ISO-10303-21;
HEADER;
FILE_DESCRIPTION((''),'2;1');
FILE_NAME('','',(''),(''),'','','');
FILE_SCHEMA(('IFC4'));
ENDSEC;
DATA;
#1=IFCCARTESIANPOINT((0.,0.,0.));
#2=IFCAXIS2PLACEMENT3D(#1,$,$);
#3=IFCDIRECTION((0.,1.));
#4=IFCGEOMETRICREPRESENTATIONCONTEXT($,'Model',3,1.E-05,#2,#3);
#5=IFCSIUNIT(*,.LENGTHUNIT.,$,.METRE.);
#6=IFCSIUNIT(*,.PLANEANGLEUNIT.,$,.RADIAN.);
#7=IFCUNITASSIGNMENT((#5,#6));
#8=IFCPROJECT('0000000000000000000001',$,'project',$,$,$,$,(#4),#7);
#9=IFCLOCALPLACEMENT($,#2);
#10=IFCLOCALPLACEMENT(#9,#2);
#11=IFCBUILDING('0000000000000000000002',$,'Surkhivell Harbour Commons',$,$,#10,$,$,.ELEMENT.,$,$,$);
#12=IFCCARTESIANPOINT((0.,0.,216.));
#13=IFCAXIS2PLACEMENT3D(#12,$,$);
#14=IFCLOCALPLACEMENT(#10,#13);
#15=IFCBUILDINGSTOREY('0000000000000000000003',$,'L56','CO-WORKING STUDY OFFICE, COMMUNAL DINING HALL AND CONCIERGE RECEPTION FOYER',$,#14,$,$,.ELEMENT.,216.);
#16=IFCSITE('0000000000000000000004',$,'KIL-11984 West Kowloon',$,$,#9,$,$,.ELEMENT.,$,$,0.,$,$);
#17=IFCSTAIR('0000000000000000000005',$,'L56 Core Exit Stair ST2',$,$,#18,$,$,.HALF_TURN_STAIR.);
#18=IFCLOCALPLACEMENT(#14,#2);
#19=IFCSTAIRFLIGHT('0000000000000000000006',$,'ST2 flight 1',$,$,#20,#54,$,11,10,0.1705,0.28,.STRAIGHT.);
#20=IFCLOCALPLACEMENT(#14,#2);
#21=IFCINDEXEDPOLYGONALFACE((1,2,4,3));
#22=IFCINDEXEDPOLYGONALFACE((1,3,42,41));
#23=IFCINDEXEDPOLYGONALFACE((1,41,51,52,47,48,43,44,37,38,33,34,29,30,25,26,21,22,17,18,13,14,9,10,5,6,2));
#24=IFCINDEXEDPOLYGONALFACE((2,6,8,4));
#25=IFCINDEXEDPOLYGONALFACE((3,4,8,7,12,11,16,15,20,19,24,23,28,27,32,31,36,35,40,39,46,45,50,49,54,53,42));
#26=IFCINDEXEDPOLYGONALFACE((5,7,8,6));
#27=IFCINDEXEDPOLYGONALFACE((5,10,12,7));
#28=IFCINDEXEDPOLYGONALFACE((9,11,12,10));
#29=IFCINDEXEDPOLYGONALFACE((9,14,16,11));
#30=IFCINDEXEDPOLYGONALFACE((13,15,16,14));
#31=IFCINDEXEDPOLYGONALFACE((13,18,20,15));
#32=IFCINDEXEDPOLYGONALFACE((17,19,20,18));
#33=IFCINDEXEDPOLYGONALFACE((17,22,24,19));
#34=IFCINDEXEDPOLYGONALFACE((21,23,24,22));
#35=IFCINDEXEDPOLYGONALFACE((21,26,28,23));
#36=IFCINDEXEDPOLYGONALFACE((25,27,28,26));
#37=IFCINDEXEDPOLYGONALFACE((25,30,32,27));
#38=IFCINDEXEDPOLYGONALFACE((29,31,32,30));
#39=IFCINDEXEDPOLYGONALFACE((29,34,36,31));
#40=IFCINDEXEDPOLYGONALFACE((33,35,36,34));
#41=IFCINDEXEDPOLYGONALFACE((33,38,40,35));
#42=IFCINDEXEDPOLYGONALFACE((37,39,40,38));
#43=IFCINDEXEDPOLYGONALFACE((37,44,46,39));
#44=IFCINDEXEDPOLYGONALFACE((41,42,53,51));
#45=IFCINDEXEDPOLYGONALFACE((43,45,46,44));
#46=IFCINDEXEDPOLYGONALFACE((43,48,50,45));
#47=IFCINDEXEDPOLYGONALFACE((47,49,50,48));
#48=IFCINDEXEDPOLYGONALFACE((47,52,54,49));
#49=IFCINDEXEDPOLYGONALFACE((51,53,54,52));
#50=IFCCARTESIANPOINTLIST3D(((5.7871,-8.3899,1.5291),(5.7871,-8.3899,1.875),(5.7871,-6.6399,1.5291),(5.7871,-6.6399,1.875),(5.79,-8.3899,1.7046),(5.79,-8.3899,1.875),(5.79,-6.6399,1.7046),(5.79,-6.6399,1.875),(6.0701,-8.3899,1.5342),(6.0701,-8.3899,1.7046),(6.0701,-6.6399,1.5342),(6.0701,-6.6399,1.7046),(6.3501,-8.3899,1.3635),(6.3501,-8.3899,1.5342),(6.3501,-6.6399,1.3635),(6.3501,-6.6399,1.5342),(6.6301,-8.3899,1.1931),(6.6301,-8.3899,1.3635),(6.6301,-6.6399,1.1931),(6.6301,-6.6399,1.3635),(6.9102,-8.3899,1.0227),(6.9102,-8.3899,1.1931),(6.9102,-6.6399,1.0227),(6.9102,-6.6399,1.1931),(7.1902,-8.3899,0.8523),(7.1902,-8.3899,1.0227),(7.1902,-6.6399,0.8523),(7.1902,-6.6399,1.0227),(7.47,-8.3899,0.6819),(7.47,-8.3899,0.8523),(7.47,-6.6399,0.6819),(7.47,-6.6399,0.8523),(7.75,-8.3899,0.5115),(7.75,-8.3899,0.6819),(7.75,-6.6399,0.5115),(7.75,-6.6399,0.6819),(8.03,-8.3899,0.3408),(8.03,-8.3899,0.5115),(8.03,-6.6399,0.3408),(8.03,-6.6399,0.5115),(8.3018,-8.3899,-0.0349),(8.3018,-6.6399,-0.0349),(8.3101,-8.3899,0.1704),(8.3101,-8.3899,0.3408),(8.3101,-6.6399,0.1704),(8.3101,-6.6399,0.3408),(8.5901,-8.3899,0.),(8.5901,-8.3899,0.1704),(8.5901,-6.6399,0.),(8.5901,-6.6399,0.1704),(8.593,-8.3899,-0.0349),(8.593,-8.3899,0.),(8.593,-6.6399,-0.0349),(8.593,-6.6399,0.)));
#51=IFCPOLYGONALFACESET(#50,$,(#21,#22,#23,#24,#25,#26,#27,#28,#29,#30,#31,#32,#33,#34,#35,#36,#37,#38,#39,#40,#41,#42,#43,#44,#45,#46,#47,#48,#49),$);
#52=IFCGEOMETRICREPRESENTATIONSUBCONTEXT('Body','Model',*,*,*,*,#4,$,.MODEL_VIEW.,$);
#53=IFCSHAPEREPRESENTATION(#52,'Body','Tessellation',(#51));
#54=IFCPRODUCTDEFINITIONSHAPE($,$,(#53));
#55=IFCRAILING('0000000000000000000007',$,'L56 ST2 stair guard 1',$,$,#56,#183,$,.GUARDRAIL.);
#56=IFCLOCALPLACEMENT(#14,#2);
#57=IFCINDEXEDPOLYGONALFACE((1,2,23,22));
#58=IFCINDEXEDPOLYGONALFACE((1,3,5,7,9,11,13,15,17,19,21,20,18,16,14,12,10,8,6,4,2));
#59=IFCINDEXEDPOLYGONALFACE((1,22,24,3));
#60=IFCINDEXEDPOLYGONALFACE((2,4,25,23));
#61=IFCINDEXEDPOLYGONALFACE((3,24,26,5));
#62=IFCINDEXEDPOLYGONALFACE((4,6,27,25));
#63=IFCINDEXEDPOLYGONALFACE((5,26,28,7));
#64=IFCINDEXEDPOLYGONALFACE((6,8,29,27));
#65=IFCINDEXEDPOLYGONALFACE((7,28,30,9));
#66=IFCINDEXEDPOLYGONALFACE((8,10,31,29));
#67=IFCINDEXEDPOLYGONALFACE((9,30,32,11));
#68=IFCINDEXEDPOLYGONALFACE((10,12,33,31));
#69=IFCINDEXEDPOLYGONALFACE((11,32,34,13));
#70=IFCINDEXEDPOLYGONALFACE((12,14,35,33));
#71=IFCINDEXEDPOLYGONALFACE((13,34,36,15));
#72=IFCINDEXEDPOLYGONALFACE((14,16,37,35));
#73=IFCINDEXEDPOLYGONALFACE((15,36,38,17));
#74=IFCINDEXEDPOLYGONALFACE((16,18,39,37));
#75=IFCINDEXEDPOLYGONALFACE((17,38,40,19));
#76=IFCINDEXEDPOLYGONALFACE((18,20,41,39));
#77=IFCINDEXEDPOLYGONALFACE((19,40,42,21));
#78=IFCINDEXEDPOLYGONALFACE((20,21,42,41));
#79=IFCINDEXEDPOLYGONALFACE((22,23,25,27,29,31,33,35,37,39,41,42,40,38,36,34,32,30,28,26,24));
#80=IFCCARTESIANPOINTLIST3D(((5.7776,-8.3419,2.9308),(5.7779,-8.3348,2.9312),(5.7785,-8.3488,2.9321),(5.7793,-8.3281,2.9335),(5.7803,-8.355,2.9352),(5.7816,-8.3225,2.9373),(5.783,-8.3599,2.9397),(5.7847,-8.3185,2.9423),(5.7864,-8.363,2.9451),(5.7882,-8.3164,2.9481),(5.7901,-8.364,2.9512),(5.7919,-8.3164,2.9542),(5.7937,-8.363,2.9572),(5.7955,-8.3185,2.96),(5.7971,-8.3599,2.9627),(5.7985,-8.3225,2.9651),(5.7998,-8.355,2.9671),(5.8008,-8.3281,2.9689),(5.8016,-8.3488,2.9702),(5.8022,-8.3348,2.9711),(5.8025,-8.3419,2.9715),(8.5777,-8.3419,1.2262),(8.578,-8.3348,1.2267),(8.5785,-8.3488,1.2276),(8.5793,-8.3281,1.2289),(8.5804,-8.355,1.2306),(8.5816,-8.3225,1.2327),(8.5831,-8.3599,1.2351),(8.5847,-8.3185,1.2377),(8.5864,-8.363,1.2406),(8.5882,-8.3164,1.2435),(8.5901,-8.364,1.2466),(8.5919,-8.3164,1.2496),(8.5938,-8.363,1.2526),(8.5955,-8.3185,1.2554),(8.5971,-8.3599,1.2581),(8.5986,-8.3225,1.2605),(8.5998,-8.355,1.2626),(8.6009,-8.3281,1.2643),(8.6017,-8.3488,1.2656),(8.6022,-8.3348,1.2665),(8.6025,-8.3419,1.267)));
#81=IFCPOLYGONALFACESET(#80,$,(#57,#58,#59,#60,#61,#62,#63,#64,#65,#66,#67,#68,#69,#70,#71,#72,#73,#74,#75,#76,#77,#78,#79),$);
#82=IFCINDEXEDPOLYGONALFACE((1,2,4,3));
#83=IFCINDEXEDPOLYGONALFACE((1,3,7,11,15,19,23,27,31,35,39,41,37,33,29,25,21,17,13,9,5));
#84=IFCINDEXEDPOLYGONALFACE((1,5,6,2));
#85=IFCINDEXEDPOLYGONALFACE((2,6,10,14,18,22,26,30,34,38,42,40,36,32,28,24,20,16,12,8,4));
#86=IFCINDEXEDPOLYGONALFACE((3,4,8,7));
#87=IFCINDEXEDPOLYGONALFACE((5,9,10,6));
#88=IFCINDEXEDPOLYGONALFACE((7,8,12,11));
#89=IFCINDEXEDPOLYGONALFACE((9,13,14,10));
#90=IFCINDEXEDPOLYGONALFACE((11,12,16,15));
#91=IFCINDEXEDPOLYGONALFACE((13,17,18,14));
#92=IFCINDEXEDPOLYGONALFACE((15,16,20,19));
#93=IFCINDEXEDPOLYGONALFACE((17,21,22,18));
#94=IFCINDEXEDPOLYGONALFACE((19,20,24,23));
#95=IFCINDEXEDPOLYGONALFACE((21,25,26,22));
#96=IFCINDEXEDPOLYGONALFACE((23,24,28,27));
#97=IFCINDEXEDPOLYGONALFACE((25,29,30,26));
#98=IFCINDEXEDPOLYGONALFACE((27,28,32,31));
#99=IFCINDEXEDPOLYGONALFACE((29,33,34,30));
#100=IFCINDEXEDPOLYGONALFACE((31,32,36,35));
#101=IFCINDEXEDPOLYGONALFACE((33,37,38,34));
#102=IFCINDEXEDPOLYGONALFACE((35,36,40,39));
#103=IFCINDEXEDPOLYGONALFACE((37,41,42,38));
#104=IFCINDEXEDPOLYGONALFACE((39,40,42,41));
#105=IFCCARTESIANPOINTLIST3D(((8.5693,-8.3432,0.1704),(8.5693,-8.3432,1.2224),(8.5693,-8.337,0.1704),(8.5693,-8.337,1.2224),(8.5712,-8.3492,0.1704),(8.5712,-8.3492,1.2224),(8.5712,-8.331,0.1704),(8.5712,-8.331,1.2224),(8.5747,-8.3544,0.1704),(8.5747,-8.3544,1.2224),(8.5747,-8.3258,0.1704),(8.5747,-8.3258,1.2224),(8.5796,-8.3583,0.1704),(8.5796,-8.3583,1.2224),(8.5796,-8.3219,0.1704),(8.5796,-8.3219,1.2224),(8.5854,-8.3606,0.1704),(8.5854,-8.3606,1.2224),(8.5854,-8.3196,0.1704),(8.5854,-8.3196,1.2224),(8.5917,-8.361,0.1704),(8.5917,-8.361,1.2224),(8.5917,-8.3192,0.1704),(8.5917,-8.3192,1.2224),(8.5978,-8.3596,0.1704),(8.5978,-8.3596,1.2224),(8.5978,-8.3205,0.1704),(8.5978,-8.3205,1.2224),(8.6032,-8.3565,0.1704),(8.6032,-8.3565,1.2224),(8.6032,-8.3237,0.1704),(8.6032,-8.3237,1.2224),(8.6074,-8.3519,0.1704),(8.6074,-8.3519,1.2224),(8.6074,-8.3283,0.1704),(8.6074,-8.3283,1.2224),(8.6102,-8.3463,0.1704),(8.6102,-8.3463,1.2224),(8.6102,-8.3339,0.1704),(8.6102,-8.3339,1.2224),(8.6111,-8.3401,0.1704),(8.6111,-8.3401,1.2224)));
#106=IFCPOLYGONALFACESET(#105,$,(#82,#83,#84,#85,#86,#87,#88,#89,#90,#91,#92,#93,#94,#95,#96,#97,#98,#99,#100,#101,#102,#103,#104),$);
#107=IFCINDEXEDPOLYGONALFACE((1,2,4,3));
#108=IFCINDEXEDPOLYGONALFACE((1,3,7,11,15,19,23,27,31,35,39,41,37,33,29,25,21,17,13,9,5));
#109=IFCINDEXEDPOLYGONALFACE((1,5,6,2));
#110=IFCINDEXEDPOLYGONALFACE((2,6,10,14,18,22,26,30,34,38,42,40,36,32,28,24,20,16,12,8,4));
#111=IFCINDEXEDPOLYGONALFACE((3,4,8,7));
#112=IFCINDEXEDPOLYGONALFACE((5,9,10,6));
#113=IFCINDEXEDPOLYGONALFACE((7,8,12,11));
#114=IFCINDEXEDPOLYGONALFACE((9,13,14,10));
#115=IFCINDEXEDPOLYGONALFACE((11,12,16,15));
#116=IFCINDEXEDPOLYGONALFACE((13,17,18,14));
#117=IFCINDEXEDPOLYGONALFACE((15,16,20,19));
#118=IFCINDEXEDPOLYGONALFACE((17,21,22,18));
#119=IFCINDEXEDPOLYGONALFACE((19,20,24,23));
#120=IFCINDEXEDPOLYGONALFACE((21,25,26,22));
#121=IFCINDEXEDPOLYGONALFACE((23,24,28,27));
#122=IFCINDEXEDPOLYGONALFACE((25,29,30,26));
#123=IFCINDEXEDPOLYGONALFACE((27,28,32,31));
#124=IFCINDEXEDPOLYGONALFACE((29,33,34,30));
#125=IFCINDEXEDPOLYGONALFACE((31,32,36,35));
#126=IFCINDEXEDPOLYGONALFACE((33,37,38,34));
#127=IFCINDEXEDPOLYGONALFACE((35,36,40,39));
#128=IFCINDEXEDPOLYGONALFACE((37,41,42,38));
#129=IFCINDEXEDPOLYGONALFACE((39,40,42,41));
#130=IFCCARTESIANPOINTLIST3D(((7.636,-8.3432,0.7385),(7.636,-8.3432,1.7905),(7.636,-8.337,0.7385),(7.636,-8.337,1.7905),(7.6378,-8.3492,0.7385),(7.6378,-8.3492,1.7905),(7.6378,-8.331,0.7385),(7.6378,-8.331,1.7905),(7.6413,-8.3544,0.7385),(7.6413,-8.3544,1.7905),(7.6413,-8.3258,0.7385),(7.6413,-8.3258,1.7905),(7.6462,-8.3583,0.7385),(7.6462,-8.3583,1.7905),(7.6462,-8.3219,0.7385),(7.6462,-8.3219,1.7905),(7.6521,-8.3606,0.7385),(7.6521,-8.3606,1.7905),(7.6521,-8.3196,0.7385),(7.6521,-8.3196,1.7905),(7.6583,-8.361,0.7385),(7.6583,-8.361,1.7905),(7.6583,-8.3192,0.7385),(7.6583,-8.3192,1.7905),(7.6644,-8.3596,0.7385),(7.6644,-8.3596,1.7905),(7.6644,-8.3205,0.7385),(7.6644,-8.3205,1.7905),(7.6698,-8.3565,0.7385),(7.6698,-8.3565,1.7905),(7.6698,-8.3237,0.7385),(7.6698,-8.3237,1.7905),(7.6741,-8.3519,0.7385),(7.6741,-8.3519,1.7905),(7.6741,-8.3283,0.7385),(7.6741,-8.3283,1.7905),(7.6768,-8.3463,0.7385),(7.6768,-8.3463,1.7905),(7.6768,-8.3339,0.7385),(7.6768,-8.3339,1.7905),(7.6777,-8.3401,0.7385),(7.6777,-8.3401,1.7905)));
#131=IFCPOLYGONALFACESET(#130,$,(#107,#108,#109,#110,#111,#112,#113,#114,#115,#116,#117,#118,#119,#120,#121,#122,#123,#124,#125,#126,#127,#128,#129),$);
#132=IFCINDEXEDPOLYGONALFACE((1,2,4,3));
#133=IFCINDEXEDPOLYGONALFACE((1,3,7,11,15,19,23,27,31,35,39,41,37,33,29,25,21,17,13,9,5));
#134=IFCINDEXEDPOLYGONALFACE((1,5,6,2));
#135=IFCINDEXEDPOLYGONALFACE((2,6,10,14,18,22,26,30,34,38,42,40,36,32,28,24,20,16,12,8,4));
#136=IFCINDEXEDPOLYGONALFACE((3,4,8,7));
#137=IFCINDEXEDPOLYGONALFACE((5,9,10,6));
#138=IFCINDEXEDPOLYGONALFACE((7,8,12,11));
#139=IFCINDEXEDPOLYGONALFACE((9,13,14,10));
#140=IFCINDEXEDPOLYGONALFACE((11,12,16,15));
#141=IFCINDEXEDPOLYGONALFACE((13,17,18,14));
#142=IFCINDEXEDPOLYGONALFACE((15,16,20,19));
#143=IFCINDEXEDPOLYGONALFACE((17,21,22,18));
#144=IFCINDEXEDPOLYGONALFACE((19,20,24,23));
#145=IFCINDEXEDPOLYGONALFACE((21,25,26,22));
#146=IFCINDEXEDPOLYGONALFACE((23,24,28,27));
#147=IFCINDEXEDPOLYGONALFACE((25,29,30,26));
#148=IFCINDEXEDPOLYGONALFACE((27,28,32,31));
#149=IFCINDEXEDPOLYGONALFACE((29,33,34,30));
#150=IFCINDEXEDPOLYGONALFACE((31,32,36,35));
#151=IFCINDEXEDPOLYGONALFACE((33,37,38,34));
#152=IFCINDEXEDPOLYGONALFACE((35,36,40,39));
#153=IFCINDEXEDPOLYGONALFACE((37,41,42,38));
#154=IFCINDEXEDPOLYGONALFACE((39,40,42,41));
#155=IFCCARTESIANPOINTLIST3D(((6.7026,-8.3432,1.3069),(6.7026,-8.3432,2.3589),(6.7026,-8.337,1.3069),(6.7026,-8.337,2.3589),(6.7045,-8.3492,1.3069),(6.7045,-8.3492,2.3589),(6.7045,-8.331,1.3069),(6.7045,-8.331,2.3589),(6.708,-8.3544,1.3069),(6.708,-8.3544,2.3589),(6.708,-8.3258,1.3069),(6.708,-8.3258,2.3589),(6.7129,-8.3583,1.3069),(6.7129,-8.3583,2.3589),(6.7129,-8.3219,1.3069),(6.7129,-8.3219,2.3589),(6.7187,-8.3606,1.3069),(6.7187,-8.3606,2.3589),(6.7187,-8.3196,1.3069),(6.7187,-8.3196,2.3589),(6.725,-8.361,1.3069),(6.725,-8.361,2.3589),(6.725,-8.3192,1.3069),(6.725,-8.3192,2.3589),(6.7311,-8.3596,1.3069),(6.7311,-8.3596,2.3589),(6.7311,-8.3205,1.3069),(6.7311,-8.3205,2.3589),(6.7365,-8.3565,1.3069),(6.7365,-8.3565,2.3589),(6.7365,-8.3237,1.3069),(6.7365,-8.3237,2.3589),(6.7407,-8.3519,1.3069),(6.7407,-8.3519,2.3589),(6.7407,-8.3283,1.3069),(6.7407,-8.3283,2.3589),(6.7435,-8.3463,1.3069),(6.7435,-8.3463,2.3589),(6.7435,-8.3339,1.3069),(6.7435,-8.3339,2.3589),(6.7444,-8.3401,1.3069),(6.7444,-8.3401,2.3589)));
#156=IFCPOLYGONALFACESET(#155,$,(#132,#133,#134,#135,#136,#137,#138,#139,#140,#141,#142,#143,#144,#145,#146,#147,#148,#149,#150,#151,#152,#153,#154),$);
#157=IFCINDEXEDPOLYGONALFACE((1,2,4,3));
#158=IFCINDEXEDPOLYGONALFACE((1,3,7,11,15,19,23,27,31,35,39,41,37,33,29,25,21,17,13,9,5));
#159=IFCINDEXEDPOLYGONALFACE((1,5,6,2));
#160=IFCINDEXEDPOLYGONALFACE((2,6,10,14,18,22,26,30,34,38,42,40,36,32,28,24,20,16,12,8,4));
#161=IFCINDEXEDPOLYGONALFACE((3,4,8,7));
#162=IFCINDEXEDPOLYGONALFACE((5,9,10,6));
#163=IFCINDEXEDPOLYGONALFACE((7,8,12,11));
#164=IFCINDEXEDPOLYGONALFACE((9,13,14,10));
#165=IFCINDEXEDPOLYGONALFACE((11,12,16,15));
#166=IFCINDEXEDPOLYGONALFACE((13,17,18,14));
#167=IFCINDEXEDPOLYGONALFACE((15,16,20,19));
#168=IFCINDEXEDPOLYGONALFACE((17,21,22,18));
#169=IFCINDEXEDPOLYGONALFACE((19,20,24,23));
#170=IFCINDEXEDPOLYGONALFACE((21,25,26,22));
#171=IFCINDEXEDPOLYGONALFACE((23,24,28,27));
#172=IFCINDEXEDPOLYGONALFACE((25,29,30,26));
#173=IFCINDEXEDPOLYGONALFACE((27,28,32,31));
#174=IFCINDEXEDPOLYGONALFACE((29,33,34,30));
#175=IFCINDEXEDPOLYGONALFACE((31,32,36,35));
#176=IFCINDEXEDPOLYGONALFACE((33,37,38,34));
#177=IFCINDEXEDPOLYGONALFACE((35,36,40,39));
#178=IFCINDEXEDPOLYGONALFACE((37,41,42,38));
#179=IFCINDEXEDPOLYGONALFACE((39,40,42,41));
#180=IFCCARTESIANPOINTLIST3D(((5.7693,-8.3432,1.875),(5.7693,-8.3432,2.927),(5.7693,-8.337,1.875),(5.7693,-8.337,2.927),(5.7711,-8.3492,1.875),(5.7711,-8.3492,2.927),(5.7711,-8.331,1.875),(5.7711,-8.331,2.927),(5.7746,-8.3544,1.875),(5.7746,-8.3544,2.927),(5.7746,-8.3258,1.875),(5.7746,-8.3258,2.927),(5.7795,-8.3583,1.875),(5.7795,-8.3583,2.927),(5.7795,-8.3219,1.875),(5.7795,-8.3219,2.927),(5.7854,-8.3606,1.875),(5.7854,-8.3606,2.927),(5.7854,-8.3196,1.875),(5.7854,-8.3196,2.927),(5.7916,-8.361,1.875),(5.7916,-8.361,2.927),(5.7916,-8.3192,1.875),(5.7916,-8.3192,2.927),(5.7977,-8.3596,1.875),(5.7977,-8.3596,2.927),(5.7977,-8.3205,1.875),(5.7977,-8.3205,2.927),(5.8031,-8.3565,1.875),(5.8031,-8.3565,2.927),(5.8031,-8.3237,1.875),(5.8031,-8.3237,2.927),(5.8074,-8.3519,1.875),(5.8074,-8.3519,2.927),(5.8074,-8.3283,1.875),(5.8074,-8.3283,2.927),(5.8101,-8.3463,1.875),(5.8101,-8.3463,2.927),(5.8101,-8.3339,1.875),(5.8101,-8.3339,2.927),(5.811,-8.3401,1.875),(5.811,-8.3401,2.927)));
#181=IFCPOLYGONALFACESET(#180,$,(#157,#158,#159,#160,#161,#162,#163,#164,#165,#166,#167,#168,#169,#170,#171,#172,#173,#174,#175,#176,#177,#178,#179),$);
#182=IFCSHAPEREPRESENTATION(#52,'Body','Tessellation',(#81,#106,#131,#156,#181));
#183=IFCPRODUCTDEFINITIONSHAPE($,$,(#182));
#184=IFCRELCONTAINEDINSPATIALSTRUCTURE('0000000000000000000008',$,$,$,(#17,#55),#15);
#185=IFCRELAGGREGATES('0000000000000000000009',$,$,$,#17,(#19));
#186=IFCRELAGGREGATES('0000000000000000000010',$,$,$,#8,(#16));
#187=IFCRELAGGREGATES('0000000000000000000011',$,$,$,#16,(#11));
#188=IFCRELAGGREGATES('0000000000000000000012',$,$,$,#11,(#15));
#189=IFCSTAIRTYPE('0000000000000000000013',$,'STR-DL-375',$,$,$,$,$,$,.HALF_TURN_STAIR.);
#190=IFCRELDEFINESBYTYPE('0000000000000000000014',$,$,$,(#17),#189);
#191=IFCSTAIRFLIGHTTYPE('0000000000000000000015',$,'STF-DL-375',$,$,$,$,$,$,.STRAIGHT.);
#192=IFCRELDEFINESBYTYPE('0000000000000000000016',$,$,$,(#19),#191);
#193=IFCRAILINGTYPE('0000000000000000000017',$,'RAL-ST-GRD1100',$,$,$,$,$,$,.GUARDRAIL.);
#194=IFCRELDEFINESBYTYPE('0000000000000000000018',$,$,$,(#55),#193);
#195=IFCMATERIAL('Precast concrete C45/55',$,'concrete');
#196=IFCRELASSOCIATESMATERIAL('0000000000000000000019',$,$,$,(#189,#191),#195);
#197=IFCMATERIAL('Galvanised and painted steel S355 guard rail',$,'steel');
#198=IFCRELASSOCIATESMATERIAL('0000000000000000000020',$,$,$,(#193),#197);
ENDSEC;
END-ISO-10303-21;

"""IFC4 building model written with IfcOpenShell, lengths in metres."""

from ifc_helpers import new_model, si_unit, direction, frame, origin, origin_2d, place, context, subcontext, project, spatial, polyline, circle, outline, extrude, material, type_object, element, aggregate, save


model = new_model("IFC4")

# Units and contexts
model_context = context("Model", 3, precision=1e-05, world=origin(), true_north=direction((0.0, 1.0)))
body_context = subcontext(model_context, "Body", "Model", "MODEL_VIEW")
ifc_project = project(units=[si_unit("LENGTHUNIT", "METRE"), si_unit("PLANEANGLEUNIT", "RADIAN")], contexts=[model_context])

# Site, building, storey
site_placement = place(None, origin())
site = spatial("IfcSite", under=ifc_project, at=site_placement, Name="KIL-11984 West Kowloon", CompositionType="ELEMENT", RefElevation=0.0)
building_placement = place(site_placement, origin())
building = spatial("IfcBuilding", under=site, at=building_placement, Name="Surkhivell Harbour Commons", CompositionType="ELEMENT")
storey_placement = place(building_placement, frame((0.0, 0.0, 216.0)))
storey = spatial("IfcBuildingStorey", under=building, at=storey_placement, Name="L56", Description="CO-WORKING STUDY OFFICE, COMMUNAL DINING HALL AND CONCIERGE RECEPTION FOYER", CompositionType="ELEMENT", Elevation=216.0)

# Stair, stair flight
ifc_material_1 = material(Name="Precast concrete C45/55", Category="concrete")
stair_type = type_object("IfcStairType", Name="STR-DL-375", PredefinedType="HALF_TURN_STAIR", material=ifc_material_1)
stair_placement = place(storey_placement, origin())
stair = element("IfcStair", 1, at=stair_placement, inside=storey, type_object=stair_type, Name="L56 Core Exit Stair ST2", PredefinedType="HALF_TURN_STAIR")
stair_flight_type = type_object("IfcStairFlightType", Name="STF-DL-375", PredefinedType="STRAIGHT", material=ifc_material_1)
stair_flight_placement = place(storey_placement, frame((8.5901, -7.5149, 0.0), z_axis=(0.0, 0.0, 1.0), x_axis=(-1.0, 0.0, 0.0)))
stair_flight = element("IfcStairFlight", 2, at=stair_flight_placement, type_object=stair_flight_type, Name="ST2 flight 1", NumberOfRisers=11, NumberOfTreads=10, PredefinedType="STRAIGHT", RiserHeight=0.1705, TreadLength=0.28, context=body_context, shape_type="SweptSolid", body=[
    extrude(outline(polyline([(-0.0029, -0.0349), (-0.0029, 0.0), (0.0, 0.0), (0.0, 0.1704), (0.28, 0.1704), (0.28, 0.3408), (0.5601, 0.3408), (0.5601, 0.5115), (0.8401, 0.5115), (0.8401, 0.6819), (1.1201, 0.6819), (1.1201, 0.8523), (1.3999, 0.8523), (1.3999, 1.0227), (1.6799, 1.0227), (1.6799, 1.1931), (1.96, 1.1931), (1.96, 1.3635), (2.24, 1.3635), (2.24, 1.5342), (2.52, 1.5342), (2.52, 1.7046), (2.8, 1.7046), (2.8, 1.875), (2.803, 1.875), (2.803, 1.5291), (0.2883, -0.0349), (-0.0029, -0.0349)])), frame((0.0, 0.875, 0.0), z_axis=(0.0, -1.0, 0.0), x_axis=(1.0, 0.0, 0.0)), (0.0, 0.0, 1.0), 1.75),
])
aggregate(stair, [stair_flight])

# Railing
ifc_material_2 = material(Name="Galvanised and painted steel S355 guard rail", Category="steel")
railing_type_1 = type_object("IfcRailingType", Name="RAL-ST-GRD1100", PredefinedType="GUARDRAIL", material=ifc_material_2)
railing_1_placement = place(storey_placement, frame((8.5901, -8.3401, 0.1704)))
element("IfcRailing", 3, at=railing_1_placement, inside=storey, type_object=railing_type_1, Name="L56 ST2 stair guard 1", PredefinedType="GUARDRAIL", context=body_context, shape_type="SweptSolid", body=[
    extrude(circle(Radius=0.0239, at=origin_2d()), frame((0.0, 0.0, 1.0762), z_axis=(-0.85417, 0.0, 0.519994), x_axis=(0.0, -1.0, 0.0)), (0.0, 0.0, 1.0), 3.2781),
    extrude(circle(Radius=0.021, at=origin_2d()), origin(), (0.0, 0.0, 1.0), 1.052),
    extrude(circle(Radius=0.021, at=origin_2d()), frame((-0.9333, 0.0, 0.5681)), (0.0, 0.0, 1.0), 1.052),
    extrude(circle(Radius=0.021, at=origin_2d()), frame((-1.8667, 0.0, 1.1365)), (0.0, 0.0, 1.0), 1.052),
    extrude(circle(Radius=0.021, at=origin_2d()), frame((-2.8, 0.0, 1.7046)), (0.0, 0.0, 1.0), 1.052),
])

save(model, "model.ifc")
